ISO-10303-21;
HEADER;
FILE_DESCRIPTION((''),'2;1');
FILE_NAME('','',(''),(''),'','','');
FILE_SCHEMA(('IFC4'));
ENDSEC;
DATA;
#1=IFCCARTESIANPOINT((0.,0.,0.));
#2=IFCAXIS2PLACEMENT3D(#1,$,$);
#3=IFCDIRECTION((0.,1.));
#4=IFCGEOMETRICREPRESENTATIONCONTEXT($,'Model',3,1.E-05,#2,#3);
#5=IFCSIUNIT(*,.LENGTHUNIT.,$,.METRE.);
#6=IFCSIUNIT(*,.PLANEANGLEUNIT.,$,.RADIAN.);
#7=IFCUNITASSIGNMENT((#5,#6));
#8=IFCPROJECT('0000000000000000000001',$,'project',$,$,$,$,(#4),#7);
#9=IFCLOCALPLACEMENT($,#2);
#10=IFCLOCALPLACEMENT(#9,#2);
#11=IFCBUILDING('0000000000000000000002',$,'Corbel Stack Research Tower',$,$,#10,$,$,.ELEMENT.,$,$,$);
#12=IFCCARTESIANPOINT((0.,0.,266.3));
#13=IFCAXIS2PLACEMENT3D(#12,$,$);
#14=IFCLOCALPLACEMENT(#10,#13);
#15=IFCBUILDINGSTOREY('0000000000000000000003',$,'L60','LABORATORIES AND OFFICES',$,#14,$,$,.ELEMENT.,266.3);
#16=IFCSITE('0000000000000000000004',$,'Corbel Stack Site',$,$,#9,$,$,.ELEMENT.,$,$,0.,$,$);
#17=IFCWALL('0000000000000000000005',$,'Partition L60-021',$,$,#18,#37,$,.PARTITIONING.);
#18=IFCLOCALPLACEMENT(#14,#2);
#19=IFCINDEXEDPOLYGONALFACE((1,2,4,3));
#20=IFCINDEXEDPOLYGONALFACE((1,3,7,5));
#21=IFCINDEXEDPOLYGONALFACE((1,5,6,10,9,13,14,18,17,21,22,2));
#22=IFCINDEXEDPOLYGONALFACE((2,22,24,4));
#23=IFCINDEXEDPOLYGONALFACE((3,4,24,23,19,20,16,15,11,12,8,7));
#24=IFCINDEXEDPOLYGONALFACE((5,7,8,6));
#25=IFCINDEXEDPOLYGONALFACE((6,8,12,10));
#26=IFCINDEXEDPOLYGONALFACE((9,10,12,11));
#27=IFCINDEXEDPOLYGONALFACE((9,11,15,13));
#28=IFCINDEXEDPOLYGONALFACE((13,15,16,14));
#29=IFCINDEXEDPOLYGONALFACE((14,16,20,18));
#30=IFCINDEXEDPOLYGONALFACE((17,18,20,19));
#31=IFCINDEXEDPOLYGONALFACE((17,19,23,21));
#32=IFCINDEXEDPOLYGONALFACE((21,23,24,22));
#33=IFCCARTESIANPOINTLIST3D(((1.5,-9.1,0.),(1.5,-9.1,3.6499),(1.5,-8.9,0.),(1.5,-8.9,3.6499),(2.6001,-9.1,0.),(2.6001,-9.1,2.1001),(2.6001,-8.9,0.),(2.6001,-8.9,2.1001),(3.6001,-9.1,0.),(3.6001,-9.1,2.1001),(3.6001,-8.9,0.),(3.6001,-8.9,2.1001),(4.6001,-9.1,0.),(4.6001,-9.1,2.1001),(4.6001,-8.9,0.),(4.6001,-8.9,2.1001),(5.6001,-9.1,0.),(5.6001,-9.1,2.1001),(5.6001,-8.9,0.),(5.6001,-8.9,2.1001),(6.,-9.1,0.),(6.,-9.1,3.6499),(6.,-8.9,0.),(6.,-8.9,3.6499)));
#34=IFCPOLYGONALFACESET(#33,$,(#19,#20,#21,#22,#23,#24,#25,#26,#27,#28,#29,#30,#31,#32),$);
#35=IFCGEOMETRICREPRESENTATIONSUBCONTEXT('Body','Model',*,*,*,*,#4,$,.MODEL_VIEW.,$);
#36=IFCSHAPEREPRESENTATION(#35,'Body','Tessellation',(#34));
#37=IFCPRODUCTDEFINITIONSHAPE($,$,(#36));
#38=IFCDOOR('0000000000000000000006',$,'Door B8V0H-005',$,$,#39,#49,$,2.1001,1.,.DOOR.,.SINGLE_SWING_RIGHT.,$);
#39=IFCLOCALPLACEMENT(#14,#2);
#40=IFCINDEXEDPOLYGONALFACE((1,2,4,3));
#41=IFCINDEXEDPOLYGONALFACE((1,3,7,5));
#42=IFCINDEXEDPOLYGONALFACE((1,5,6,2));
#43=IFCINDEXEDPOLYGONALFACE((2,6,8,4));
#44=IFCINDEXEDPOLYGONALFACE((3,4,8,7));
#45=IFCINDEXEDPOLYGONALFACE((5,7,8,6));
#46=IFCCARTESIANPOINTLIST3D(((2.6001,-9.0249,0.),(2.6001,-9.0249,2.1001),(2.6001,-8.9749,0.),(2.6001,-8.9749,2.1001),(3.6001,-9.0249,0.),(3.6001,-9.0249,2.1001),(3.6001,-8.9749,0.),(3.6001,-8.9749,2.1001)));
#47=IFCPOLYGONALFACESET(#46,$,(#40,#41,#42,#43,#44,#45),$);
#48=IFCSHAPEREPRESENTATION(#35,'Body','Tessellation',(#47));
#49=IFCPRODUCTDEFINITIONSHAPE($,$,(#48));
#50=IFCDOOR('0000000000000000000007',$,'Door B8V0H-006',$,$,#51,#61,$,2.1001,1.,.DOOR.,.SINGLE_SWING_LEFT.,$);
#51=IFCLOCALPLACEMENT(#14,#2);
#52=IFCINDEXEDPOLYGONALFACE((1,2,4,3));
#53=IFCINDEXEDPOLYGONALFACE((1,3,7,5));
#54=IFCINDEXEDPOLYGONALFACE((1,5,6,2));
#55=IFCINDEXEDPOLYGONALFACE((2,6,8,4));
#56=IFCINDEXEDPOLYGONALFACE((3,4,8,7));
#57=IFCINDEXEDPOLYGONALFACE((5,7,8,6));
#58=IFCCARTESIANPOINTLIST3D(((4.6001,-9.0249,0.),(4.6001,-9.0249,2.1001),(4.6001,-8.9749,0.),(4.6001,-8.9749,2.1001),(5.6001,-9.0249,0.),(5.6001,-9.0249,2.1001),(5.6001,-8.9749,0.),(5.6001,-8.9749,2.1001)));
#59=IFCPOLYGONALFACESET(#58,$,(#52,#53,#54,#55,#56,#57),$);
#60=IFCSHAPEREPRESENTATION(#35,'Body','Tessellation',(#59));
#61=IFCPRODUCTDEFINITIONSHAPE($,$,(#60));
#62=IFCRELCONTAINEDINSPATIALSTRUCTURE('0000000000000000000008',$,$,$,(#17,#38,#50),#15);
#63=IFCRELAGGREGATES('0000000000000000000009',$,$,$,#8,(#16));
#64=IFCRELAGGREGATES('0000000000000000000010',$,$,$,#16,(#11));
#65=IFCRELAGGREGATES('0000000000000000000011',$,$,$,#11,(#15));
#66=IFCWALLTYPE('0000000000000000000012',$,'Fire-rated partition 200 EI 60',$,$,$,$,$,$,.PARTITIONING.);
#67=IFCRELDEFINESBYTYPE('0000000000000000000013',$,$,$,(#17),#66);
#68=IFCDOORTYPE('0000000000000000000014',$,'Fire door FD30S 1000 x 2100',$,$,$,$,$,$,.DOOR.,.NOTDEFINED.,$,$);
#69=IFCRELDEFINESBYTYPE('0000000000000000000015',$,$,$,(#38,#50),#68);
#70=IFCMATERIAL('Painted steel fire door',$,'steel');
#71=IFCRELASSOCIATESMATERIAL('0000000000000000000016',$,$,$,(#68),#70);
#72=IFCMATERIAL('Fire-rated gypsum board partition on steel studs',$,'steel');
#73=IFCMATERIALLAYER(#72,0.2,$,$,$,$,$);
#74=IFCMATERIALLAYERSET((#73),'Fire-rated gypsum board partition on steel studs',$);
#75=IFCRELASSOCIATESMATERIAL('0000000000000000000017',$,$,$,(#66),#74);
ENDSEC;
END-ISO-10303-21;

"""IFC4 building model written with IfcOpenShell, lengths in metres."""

from ifc_helpers import new_model, si_unit, direction, frame, frame_2d, origin, place, context, subcontext, project, spatial, rectangle, extrude, material, layer, layer_set, type_object, element, fill, save


model = new_model("IFC4")

# Units and contexts
model_context = context("Model", 3, precision=1e-05, world=origin(), true_north=direction((0.0, 1.0)))
body_context = subcontext(model_context, "Body", "Model", "MODEL_VIEW")
ifc_project = project(units=[si_unit("LENGTHUNIT", "METRE"), si_unit("PLANEANGLEUNIT", "RADIAN")], contexts=[model_context])

# Site, building, storey
site_placement = place(None, origin())
site = spatial("IfcSite", under=ifc_project, at=site_placement, Name="Corbel Stack Site", CompositionType="ELEMENT", RefElevation=0.0)
building_placement = place(site_placement, origin())
building = spatial("IfcBuilding", under=site, at=building_placement, Name="Corbel Stack Research Tower", CompositionType="ELEMENT")
storey_placement = place(building_placement, frame((0.0, 0.0, 266.3)))
storey = spatial("IfcBuildingStorey", under=building, at=storey_placement, Name="L60", Description="LABORATORIES AND OFFICES", CompositionType="ELEMENT", Elevation=266.3)

# Shared definitions
ifc_material_1 = material(Name="Painted steel fire door", Category="steel")
door_type_1 = type_object("IfcDoorType", Name="Fire door FD30S 1000 x 2100", OperationType="NOTDEFINED", PredefinedType="DOOR", material=ifc_material_1)

# Shared definitions
ifc_material_2 = material(Name="Fire-rated gypsum board partition on steel studs", Category="steel")
ifc_layer_1 = layer(ifc_material_2, 0.2)
ifc_layer_set_1 = layer_set([ifc_layer_1], Name="Fire-rated gypsum board partition on steel studs")
wall_type_1 = type_object("IfcWallType", Name="Fire-rated partition 200 EI 60", PredefinedType="PARTITIONING", material=ifc_layer_set_1)

# Wall, openings, doors
wall_1_placement = place(storey_placement, frame((6.0, -9.0, 0.0), z_axis=(0.0, 0.0, 1.0), x_axis=(-1.0, 0.0, 0.0)))
wall_1 = element("IfcWall", 1, at=wall_1_placement, inside=storey, type_object=wall_type_1, Name="Partition L60-021", PredefinedType="PARTITIONING", context=body_context, shape_type="SweptSolid", body=[
    extrude(rectangle(XDim=4.5, YDim=0.2, at=frame_2d((2.25, 0.0))), origin(), (0.0, 0.0, 1.0), 3.6499),
])
opening_1_placement = place(wall_1_placement, frame((2.3999, 0.0, 0.0)))
opening_1 = element("IfcOpeningElement", 2, at=opening_1_placement, cuts=wall_1, PredefinedType="OPENING", context=body_context, shape_type="SweptSolid", body=[
    extrude(rectangle(XDim=1.0, YDim=2.1001, at=frame_2d((0.5, 1.05))), frame((0.0, 0.1099, 0.0), z_axis=(0.0, -1.0, 0.0), x_axis=(1.0, 0.0, 0.0)), (0.0, 0.0, 1.0), 0.22),
])
opening_2_placement = place(wall_1_placement, frame((0.3999, 0.0, 0.0)))
opening_2 = element("IfcOpeningElement", 3, at=opening_2_placement, cuts=wall_1, PredefinedType="OPENING", context=body_context, shape_type="SweptSolid", body=[
    extrude(rectangle(XDim=1.0, YDim=2.1001, at=frame_2d((0.5, 1.05))), frame((0.0, 0.1099, 0.0), z_axis=(0.0, -1.0, 0.0), x_axis=(1.0, 0.0, 0.0)), (0.0, 0.0, 1.0), 0.22),
])
door_1_placement = place(opening_1_placement, origin())
door_1 = element("IfcDoor", 4, at=door_1_placement, inside=storey, type_object=door_type_1, Name="Door B8V0H-005", OperationType="SINGLE_SWING_RIGHT", OverallHeight=2.1001, OverallWidth=1.0, PredefinedType="DOOR", context=body_context, shape_type="SweptSolid", body=[
    extrude(rectangle(XDim=1.0, YDim=2.1001, at=frame_2d((0.5, 1.05))), frame((0.0, 0.0249, 0.0), z_axis=(0.0, -1.0, 0.0), x_axis=(1.0, 0.0, 0.0)), (0.0, 0.0, 1.0), 0.05),
])
fill(opening_1, door_1)
door_2_placement = place(opening_2_placement, origin())
door_2 = element("IfcDoor", 5, at=door_2_placement, inside=storey, type_object=door_type_1, Name="Door B8V0H-006", OperationType="SINGLE_SWING_LEFT", OverallHeight=2.1001, OverallWidth=1.0, PredefinedType="DOOR", context=body_context, shape_type="SweptSolid", body=[
    extrude(rectangle(XDim=1.0, YDim=2.1001, at=frame_2d((0.5, 1.05))), frame((0.0, 0.0249, 0.0), z_axis=(0.0, -1.0, 0.0), x_axis=(1.0, 0.0, 0.0)), (0.0, 0.0, 1.0), 0.05),
])
fill(opening_2, door_2)

save(model, "model.ifc")
